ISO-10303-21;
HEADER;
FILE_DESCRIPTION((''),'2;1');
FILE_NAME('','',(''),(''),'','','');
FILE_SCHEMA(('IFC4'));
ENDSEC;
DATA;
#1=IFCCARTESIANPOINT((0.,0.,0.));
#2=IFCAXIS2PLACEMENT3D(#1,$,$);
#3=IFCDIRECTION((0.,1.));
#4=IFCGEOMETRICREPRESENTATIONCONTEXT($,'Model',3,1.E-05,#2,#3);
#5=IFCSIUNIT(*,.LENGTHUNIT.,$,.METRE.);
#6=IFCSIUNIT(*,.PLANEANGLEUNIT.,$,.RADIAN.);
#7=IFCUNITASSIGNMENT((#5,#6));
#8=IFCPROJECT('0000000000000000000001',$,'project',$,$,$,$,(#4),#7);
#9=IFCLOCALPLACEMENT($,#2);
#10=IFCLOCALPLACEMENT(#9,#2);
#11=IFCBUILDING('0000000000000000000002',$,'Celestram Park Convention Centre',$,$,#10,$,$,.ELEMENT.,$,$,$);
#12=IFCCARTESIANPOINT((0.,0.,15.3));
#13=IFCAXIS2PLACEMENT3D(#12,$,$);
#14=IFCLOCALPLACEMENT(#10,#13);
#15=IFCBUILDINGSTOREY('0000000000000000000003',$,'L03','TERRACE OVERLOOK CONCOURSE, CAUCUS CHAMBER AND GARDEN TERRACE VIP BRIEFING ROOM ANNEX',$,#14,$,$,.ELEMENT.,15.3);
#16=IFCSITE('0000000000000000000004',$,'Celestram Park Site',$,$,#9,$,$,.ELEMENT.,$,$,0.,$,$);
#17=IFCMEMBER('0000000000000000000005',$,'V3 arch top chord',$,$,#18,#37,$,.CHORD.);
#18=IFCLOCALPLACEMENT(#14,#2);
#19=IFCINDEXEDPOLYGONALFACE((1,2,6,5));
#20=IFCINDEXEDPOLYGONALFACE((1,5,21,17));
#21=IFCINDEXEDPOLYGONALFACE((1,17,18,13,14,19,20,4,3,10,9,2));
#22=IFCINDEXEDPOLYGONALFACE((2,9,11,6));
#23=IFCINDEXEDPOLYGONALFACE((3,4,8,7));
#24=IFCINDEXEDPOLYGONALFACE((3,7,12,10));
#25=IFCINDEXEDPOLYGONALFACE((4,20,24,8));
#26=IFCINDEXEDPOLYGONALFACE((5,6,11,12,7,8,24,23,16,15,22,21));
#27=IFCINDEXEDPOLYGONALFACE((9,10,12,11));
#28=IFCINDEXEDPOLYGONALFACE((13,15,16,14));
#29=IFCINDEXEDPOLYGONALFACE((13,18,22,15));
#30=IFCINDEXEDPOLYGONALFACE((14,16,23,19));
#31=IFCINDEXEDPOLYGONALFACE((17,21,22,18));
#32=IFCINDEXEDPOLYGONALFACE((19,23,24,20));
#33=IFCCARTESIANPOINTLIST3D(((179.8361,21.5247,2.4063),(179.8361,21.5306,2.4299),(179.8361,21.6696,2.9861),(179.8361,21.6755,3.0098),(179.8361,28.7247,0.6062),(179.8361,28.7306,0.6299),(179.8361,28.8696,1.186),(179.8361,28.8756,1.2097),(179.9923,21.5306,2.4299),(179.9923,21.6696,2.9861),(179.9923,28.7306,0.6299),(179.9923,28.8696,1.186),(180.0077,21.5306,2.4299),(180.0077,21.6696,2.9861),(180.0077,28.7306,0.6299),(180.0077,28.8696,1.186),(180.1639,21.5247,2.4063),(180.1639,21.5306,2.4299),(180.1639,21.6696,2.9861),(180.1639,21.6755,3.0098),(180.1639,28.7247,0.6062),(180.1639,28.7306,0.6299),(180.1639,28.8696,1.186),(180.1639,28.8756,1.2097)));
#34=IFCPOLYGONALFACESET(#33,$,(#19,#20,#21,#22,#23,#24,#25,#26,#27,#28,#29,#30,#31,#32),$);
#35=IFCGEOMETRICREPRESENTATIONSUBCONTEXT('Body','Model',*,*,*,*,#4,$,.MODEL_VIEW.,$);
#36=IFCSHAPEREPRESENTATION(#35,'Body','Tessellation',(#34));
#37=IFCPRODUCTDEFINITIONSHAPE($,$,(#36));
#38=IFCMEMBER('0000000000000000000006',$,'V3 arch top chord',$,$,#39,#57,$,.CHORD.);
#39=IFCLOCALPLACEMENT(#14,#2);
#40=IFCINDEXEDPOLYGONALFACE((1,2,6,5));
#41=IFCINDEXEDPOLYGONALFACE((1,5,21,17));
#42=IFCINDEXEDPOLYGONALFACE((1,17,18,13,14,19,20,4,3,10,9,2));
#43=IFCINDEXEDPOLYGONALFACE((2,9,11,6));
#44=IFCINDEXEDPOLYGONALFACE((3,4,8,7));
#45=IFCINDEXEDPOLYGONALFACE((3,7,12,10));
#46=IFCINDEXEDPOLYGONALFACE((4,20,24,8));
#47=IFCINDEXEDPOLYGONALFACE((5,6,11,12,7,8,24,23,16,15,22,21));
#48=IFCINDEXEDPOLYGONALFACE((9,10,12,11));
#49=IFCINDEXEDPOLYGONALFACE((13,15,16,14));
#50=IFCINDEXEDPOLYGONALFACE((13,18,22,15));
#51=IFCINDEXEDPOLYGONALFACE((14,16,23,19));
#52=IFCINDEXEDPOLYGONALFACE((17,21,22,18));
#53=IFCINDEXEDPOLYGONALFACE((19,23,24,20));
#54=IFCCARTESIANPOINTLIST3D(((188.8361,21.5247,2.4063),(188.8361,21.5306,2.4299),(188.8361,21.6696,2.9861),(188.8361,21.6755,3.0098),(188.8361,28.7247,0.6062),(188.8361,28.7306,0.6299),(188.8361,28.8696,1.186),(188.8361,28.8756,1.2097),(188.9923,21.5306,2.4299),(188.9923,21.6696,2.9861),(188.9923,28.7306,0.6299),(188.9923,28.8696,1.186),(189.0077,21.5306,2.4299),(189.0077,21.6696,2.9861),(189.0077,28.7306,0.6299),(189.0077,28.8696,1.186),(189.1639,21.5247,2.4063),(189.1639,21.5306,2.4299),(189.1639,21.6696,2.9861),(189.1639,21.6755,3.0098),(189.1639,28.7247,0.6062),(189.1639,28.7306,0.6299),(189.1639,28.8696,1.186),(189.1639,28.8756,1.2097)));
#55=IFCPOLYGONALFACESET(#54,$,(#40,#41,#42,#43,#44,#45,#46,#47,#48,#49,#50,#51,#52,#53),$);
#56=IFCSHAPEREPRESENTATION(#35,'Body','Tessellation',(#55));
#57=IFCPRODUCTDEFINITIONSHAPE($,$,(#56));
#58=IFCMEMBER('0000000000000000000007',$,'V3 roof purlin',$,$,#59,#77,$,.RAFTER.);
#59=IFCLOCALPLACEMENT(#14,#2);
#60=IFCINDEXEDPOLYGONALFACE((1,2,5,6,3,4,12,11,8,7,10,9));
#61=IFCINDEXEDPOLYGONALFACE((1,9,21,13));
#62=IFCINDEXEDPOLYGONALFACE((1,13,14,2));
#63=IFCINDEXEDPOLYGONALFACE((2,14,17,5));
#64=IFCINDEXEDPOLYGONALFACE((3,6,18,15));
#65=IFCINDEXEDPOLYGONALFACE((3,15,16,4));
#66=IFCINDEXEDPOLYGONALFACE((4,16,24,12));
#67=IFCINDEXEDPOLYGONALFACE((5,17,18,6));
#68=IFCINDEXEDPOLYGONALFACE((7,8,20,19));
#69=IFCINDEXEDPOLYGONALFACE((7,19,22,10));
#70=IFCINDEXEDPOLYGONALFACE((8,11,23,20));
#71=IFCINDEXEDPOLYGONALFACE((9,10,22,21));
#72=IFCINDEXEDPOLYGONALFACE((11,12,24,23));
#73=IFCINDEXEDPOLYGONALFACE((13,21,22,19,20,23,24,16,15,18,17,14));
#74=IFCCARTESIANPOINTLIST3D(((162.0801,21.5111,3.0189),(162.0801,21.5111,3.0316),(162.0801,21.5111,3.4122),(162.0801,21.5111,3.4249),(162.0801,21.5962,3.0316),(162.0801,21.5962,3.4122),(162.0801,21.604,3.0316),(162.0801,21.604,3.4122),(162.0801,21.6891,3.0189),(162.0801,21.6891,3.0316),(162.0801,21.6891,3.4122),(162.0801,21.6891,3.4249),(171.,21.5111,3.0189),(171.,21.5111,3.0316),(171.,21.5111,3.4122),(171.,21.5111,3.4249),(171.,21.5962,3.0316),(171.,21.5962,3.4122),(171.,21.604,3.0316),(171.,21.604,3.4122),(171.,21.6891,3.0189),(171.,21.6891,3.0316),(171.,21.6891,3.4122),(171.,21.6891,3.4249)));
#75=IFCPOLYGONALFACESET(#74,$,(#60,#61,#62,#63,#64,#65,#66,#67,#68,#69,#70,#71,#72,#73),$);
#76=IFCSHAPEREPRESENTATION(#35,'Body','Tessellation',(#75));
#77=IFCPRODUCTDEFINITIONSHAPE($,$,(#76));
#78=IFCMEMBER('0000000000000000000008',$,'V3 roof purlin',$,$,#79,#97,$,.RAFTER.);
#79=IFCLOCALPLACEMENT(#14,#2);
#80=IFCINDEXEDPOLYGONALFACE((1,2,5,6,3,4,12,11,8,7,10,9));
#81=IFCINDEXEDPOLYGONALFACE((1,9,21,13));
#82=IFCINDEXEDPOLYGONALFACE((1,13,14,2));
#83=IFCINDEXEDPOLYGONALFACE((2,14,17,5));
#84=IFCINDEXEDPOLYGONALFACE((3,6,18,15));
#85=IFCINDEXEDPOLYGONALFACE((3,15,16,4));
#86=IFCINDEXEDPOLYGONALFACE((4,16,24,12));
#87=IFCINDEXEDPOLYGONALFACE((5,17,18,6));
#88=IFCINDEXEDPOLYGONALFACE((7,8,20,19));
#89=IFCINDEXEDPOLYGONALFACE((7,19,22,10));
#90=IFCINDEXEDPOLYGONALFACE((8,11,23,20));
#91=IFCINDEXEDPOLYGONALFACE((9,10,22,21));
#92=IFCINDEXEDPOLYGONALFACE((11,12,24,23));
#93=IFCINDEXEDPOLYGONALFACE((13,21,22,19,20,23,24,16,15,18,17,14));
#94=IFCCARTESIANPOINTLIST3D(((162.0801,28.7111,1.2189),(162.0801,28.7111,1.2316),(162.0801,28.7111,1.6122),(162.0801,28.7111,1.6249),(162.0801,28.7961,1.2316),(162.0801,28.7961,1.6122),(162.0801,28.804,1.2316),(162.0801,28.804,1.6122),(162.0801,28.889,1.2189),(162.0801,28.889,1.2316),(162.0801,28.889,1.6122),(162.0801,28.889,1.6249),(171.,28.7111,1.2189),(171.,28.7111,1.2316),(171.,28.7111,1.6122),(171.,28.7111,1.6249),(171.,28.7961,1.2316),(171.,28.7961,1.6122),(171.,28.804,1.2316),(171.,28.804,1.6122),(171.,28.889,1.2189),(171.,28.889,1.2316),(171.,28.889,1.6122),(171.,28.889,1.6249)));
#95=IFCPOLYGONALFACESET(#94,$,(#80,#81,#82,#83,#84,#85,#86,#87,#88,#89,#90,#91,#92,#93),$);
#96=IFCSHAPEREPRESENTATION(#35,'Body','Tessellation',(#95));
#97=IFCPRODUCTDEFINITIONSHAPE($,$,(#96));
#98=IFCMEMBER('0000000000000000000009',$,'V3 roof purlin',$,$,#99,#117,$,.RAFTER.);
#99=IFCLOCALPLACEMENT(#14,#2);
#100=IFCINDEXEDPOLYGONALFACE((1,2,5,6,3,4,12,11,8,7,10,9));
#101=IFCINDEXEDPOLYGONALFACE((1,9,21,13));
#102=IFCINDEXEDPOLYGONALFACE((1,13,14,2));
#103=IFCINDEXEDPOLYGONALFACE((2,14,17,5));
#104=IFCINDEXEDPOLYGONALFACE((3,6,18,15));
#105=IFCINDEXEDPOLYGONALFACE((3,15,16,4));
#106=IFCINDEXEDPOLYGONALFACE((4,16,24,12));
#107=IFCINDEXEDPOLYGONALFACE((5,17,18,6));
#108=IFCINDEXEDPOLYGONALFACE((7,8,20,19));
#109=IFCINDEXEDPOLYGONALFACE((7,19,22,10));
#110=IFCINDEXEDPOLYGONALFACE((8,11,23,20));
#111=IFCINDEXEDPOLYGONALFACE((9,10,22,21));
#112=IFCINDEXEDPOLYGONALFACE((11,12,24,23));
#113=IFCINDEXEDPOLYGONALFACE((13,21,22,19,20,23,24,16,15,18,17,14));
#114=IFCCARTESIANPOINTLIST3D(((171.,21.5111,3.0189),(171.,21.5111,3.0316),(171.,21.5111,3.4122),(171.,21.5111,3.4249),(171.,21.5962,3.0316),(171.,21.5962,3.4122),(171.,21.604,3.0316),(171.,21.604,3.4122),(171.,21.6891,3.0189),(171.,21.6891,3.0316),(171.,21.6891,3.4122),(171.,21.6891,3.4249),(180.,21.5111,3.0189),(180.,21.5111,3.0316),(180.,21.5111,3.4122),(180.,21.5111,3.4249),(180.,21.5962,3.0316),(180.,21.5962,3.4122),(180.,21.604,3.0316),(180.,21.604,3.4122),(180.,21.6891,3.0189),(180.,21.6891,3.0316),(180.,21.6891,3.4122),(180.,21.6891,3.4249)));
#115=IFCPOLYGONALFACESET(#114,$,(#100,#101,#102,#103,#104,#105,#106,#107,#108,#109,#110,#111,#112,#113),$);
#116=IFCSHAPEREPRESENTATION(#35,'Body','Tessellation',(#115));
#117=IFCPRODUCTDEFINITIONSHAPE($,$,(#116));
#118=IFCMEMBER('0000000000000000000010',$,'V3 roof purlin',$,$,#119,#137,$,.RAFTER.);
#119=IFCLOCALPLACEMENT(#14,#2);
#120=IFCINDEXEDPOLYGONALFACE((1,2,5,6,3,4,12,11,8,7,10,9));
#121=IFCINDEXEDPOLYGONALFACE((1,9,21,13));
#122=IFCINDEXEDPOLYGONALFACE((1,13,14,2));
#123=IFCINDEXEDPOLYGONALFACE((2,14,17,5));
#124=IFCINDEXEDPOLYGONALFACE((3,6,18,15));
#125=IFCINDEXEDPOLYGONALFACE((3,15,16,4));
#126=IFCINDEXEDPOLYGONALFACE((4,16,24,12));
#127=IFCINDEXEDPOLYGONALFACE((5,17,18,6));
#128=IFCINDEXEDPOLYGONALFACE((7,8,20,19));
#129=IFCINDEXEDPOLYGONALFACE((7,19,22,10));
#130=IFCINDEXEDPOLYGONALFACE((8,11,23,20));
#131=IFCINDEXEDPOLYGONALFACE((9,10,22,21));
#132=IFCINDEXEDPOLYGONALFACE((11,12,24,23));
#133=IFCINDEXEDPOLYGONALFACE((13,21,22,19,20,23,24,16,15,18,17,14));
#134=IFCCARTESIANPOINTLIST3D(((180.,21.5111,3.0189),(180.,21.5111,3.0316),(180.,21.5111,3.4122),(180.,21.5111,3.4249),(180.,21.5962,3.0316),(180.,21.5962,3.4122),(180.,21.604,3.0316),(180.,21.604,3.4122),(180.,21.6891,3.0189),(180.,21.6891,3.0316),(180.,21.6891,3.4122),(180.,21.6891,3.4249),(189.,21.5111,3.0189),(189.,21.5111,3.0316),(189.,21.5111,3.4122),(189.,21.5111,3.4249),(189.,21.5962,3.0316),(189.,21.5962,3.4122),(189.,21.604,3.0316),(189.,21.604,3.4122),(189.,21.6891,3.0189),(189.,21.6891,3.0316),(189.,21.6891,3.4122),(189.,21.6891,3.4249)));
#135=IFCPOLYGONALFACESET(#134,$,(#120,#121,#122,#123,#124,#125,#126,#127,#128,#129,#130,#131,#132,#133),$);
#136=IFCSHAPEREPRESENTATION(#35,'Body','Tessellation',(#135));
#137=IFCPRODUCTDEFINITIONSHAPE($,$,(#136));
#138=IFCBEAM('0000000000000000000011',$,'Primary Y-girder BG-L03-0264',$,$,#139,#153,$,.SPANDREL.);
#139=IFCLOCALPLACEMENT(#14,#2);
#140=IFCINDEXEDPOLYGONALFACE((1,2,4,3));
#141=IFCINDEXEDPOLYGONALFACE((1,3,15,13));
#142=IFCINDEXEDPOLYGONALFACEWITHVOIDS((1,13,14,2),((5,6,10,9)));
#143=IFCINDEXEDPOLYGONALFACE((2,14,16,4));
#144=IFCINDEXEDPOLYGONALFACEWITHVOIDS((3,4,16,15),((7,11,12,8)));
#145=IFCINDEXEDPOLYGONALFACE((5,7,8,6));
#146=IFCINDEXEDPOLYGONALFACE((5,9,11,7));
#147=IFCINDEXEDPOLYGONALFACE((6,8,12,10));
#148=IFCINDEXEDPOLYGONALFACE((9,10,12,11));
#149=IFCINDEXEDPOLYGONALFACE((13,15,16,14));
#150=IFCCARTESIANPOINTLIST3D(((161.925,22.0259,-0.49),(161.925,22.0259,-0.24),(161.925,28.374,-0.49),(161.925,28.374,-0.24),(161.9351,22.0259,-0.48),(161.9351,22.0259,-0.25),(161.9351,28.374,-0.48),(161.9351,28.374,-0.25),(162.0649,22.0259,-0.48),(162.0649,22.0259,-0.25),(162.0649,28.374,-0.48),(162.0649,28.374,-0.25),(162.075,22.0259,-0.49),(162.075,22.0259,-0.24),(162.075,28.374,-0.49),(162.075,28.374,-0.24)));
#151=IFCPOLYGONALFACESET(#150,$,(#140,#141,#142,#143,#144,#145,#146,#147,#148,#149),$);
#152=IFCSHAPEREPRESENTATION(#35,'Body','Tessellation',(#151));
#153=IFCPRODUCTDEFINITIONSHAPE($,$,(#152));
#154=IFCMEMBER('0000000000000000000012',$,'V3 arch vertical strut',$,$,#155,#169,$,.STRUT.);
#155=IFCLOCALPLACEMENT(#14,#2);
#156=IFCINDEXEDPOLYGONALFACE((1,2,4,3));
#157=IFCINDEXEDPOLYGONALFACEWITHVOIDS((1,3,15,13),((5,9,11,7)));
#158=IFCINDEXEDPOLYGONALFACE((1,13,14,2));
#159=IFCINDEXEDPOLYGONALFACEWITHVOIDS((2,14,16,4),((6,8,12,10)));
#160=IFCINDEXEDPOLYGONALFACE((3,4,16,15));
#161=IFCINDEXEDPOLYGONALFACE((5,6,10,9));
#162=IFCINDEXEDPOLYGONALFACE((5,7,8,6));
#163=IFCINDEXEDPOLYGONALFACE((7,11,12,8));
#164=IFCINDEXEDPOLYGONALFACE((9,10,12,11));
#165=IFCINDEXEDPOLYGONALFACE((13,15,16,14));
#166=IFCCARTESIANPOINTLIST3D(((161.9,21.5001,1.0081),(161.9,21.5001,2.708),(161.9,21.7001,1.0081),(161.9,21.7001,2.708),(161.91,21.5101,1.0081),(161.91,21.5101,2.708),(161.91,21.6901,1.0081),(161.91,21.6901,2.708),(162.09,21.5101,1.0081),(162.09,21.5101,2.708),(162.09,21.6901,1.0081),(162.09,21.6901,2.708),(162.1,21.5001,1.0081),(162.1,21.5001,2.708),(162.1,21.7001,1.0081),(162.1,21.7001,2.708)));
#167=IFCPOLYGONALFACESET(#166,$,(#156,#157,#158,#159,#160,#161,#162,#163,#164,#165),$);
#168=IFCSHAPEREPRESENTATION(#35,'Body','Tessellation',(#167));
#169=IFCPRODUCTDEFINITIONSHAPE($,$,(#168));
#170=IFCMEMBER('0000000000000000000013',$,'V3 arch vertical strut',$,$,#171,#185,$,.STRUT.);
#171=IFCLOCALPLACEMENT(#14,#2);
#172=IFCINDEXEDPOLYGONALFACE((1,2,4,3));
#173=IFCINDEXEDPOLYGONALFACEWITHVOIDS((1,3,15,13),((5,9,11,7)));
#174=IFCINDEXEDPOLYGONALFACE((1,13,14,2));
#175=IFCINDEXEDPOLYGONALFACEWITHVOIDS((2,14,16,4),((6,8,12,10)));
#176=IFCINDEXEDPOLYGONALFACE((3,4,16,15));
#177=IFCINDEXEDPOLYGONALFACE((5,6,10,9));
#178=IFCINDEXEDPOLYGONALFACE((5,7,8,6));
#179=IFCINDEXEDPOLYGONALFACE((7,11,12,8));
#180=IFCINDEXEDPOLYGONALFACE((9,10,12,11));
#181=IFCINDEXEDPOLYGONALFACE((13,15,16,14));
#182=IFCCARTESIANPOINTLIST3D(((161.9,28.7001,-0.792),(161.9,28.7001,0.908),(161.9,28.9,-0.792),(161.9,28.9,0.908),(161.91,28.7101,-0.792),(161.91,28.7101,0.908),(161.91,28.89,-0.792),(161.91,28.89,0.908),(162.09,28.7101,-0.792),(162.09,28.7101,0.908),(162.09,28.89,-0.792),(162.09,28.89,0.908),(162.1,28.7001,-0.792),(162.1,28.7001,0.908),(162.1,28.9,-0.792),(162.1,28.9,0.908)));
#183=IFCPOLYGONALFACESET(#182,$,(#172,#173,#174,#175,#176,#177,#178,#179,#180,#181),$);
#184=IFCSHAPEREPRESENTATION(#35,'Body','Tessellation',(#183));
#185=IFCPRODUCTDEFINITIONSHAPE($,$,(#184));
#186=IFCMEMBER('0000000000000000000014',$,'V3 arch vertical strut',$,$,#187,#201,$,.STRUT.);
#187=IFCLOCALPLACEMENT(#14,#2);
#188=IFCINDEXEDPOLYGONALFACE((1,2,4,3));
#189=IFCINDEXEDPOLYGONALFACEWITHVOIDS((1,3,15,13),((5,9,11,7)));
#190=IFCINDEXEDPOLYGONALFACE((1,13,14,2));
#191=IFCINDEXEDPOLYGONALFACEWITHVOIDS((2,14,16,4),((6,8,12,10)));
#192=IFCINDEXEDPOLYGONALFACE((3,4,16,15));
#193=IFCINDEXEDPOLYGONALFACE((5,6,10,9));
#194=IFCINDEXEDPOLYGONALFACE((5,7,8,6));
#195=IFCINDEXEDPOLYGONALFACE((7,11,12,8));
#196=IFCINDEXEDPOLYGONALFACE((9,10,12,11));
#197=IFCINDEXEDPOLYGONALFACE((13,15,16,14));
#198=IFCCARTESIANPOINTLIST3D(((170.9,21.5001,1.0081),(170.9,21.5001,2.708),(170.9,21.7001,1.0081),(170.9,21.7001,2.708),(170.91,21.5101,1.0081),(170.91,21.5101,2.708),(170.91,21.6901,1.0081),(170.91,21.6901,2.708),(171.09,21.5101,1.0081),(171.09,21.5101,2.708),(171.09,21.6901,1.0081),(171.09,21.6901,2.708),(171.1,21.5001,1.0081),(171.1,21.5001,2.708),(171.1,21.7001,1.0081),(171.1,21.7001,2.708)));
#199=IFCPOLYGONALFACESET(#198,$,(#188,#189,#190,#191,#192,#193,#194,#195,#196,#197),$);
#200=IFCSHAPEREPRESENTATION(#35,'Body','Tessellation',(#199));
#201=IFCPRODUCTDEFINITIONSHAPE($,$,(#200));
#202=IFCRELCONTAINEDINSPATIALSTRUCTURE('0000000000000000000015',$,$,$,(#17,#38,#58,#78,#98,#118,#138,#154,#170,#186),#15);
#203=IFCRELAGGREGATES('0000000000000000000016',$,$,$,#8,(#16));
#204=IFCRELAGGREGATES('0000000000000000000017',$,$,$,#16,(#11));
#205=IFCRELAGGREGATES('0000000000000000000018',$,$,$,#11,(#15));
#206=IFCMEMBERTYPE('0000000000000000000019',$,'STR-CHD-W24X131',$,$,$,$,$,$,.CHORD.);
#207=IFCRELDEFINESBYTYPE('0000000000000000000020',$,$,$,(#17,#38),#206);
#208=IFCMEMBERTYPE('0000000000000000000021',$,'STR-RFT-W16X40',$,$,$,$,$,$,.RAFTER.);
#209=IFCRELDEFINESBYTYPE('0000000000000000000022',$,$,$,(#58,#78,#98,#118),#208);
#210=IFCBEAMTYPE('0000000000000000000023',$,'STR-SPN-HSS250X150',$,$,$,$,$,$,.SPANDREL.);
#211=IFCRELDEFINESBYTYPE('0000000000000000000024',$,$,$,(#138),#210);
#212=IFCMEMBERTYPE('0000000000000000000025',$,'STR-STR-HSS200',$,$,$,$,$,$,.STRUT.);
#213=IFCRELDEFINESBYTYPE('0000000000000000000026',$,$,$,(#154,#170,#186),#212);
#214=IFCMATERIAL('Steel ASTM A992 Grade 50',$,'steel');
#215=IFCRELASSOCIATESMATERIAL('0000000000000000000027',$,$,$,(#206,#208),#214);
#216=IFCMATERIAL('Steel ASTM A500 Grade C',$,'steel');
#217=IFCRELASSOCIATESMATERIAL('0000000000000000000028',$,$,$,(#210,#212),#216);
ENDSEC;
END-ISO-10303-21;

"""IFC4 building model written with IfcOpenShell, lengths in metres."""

from ifc_helpers import new_model, si_unit, direction, frame, origin, origin_2d, place, context, subcontext, project, spatial, hollow_rectangle, i_section, extrude, material, material_profile, profile_set, type_object, element, save


model = new_model("IFC4")

# Units and contexts
model_context = context("Model", 3, precision=1e-05, world=origin(), true_north=direction((0.0, 1.0)))
body_context = subcontext(model_context, "Body", "Model", "MODEL_VIEW")
ifc_project = project(units=[si_unit("LENGTHUNIT", "METRE"), si_unit("PLANEANGLEUNIT", "RADIAN")], contexts=[model_context])

# Site, building, storey
site_placement = place(None, origin())
site = spatial("IfcSite", under=ifc_project, at=site_placement, Name="Celestram Park Site", CompositionType="ELEMENT", RefElevation=0.0)
building_placement = place(site_placement, origin())
building = spatial("IfcBuilding", under=site, at=building_placement, Name="Celestram Park Convention Centre", CompositionType="ELEMENT")
storey_placement = place(building_placement, frame((0.0, 0.0, 15.3)))
storey = spatial("IfcBuildingStorey", under=building, at=storey_placement, Name="L03", Description="TERRACE OVERLOOK CONCOURSE, CAUCUS CHAMBER AND GARDEN TERRACE VIP BRIEFING ROOM ANNEX", CompositionType="ELEMENT", Elevation=15.3)

# Shared definitions
ifc_material_1 = material(Name="Steel ASTM A992 Grade 50", Category="steel")

# Members
ifc_material_2 = material(Name="Steel ASTM A500 Grade C", Category="steel")
ifc_material_profile_1 = material_profile(ifc_material_1, i_section(OverallWidth=0.3279, OverallDepth=0.6221, WebThickness=0.0154, FlangeThickness=0.0244, at=origin_2d()), Name="W24X131")
ifc_profile_set_1 = profile_set([ifc_material_profile_1], Name="Steel ASTM A992 Grade 50")
member_type_1 = type_object("IfcMemberType", Name="STR-CHD-W24X131", PredefinedType="CHORD", material=ifc_profile_set_1)
for number, where, z_axis, x_axis, name in (
    (1, (180.0, 21.6001, 2.708), (0.0, 0.970141, -0.242543), (-1.0, 0.0, 0.0), "V3 arch top chord"),
    (2, (189.0, 21.6001, 2.708), (0.0, 0.970141, -0.242543), (-1.0, 0.0, 0.0), "V3 arch top chord"),
):
    element("IfcMember", number, at=place(storey_placement, frame(where, z_axis=z_axis, x_axis=x_axis)), inside=storey, type_object=member_type_1, Name=name, PredefinedType="CHORD", context=body_context, shape_type="SweptSolid", body=[
        extrude(i_section(OverallWidth=0.3279, OverallDepth=0.6221, WebThickness=0.0154, FlangeThickness=0.0244, at=origin_2d()), origin(), (0.0, 0.0, 1.0), 7.4216),
    ])
ifc_material_profile_2 = material_profile(ifc_material_1, i_section(OverallWidth=0.178, OverallDepth=0.406, WebThickness=0.0078, FlangeThickness=0.0127, at=origin_2d()), Name="W16X40")
ifc_profile_set_2 = profile_set([ifc_material_profile_2], Name="Steel ASTM A992 Grade 50")
member_type_2 = type_object("IfcMemberType", Name="STR-RFT-W16X40", PredefinedType="RAFTER", material=ifc_profile_set_2)
for number, where, z_axis, x_axis, name in (
    (3, (162.0801, 21.6001, 3.2219), (1.0, 0.0, 0.0), (0.0, 1.0, 0.0), "V3 roof purlin"),
    (4, (162.0801, 28.8, 1.4219), (1.0, 0.0, 0.0), (0.0, 1.0, 0.0), "V3 roof purlin"),
):
    element("IfcMember", number, at=place(storey_placement, frame(where, z_axis=z_axis, x_axis=x_axis)), inside=storey, type_object=member_type_2, Name=name, PredefinedType="RAFTER", context=body_context, shape_type="SweptSolid", body=[
        extrude(i_section(OverallWidth=0.178, OverallDepth=0.406, WebThickness=0.0078, FlangeThickness=0.0127, at=origin_2d()), origin(), (0.0, 0.0, 1.0), 8.9199),
    ])
for number, where, z_axis, x_axis, name in (
    (5, (171.0, 21.6001, 3.2219), (1.0, 0.0, 0.0), (0.0, 1.0, 0.0), "V3 roof purlin"),
    (6, (180.0, 21.6001, 3.2219), (1.0, 0.0, 0.0), (0.0, 1.0, 0.0), "V3 roof purlin"),
):
    element("IfcMember", number, at=place(storey_placement, frame(where, z_axis=z_axis, x_axis=x_axis)), inside=storey, type_object=member_type_2, Name=name, PredefinedType="RAFTER", context=body_context, shape_type="SweptSolid", body=[
        extrude(i_section(OverallWidth=0.178, OverallDepth=0.406, WebThickness=0.0078, FlangeThickness=0.0127, at=origin_2d()), origin(), (0.0, 0.0, 1.0), 9.0),
    ])

# Beam
ifc_material_profile_3 = material_profile(ifc_material_2, hollow_rectangle(XDim=0.1499, YDim=0.25, WallThickness=0.01, at=origin_2d()), Name="HSS250X150X10")
ifc_profile_set_3 = profile_set([ifc_material_profile_3], Name="Steel ASTM A500 Grade C")
beam_type_1 = type_object("IfcBeamType", Name="STR-SPN-HSS250X150", PredefinedType="SPANDREL", material=ifc_profile_set_3)
beam_1_placement = place(storey_placement, frame((162.0, 22.0259, -0.365), z_axis=(0.0, 1.0, 0.0), x_axis=(-1.0, 0.0, 0.0)))
element("IfcBeam", 7, at=beam_1_placement, inside=storey, type_object=beam_type_1, Name="Primary Y-girder BG-L03-0264", PredefinedType="SPANDREL", context=body_context, shape_type="SweptSolid", body=[
    extrude(hollow_rectangle(XDim=0.1499, YDim=0.25, WallThickness=0.01, at=origin_2d()), origin(), (0.0, 0.0, 1.0), 6.3481),
])

# Members
ifc_material_profile_4 = material_profile(ifc_material_2, hollow_rectangle(XDim=0.2, YDim=0.2, WallThickness=0.01, at=origin_2d()), Name="HSS200X200X10")
ifc_profile_set_4 = profile_set([ifc_material_profile_4], Name="Steel ASTM A500 Grade C")
member_type_3 = type_object("IfcMemberType", Name="STR-STR-HSS200", PredefinedType="STRUT", material=ifc_profile_set_4)
for number, where, z_axis, x_axis, name in (
    (8, (162.0, 21.6001, 1.0081), (0.0, 0.0, 1.0), (1.0, 0.0, 0.0), "V3 arch vertical strut"),
    (9, (162.0, 28.8, -0.792), (0.0, 0.0, 1.0), (1.0, 0.0, 0.0), "V3 arch vertical strut"),
    (10, (171.0, 21.6001, 1.0081), (0.0, 0.0, 1.0), (1.0, 0.0, 0.0), "V3 arch vertical strut"),
):
    element("IfcMember", number, at=place(storey_placement, frame(where, z_axis=z_axis, x_axis=x_axis)), inside=storey, type_object=member_type_3, Name=name, PredefinedType="STRUT", context=body_context, shape_type="SweptSolid", body=[
        extrude(hollow_rectangle(XDim=0.2, YDim=0.2, WallThickness=0.01, at=origin_2d()), origin(), (0.0, 0.0, 1.0), 1.7),
    ])

save(model, "model.ifc")
